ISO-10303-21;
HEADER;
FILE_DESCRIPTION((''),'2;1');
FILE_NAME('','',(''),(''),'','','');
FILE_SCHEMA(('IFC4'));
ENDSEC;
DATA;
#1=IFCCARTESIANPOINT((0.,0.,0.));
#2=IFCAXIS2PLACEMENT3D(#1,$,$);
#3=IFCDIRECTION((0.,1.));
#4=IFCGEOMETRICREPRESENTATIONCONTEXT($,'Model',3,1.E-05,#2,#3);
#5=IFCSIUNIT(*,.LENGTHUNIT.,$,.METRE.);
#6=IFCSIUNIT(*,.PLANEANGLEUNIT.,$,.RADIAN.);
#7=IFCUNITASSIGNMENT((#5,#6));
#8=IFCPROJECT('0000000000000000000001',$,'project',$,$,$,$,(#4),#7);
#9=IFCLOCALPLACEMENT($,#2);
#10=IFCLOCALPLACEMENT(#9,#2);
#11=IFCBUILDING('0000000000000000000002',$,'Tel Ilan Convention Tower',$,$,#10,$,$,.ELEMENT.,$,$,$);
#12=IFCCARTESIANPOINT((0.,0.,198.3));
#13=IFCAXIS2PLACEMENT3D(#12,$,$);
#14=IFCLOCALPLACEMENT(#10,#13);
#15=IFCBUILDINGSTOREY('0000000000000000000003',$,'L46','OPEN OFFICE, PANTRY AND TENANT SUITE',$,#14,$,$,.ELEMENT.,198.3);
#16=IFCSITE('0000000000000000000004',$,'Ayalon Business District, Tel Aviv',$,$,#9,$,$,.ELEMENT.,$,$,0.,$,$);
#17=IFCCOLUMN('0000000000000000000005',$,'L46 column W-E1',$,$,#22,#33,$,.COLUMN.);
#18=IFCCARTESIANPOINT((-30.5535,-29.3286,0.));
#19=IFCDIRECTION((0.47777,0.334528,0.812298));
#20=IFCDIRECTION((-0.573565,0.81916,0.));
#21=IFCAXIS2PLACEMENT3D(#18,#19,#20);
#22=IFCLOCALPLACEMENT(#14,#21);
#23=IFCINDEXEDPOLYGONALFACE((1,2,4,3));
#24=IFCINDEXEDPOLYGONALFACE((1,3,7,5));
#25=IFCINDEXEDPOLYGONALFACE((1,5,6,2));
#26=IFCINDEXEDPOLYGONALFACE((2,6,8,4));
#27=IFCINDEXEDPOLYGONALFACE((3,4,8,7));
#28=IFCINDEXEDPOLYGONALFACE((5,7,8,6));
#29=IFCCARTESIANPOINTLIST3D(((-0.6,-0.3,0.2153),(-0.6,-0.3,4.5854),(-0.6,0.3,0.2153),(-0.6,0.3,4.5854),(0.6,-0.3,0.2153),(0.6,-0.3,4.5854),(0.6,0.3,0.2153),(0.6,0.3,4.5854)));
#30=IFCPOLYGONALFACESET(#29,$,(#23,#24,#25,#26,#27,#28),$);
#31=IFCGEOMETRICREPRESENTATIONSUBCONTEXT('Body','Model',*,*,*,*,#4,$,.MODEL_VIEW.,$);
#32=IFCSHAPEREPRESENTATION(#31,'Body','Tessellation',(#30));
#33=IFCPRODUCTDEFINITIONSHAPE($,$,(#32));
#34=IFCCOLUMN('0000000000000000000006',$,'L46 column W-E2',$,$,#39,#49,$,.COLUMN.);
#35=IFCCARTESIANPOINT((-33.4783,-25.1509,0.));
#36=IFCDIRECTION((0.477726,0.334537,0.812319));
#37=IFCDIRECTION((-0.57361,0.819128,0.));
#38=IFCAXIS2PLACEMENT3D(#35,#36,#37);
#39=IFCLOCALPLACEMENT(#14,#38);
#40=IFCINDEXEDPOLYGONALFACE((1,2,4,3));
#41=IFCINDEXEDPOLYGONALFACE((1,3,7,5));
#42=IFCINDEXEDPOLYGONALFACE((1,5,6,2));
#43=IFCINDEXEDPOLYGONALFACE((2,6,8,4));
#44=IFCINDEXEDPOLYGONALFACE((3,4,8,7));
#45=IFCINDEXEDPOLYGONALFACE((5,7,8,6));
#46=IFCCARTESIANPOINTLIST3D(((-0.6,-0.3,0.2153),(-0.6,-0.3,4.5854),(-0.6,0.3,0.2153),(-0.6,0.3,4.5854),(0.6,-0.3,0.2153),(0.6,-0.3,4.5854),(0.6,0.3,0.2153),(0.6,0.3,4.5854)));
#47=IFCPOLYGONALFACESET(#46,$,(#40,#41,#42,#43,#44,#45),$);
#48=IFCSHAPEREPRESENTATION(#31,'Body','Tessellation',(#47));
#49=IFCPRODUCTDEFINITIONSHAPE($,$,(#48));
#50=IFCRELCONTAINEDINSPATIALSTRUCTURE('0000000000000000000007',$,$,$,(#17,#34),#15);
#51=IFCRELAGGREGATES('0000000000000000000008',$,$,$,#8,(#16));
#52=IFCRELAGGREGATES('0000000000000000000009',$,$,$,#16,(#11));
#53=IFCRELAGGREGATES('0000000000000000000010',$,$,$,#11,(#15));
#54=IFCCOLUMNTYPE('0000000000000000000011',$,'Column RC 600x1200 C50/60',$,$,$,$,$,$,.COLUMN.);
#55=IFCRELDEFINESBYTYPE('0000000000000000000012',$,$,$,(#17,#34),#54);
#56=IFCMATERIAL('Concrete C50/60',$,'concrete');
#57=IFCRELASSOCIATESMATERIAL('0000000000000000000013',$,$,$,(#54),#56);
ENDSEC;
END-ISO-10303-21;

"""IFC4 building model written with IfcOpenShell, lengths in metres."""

from ifc_helpers import new_model, si_unit, direction, frame, origin, origin_2d, place, context, subcontext, project, spatial, rectangle, extrude, clip, halfspace, material, material_profile, profile_set, type_object, element, save


model = new_model("IFC4")

# Units and contexts
model_context = context("Model", 3, precision=1e-05, world=origin(), true_north=direction((0.0, 1.0)))
body_context = subcontext(model_context, "Body", "Model", "MODEL_VIEW")
ifc_project = project(units=[si_unit("LENGTHUNIT", "METRE"), si_unit("PLANEANGLEUNIT", "RADIAN")], contexts=[model_context])

# Site, building, storey
site_placement = place(None, origin())
site = spatial("IfcSite", under=ifc_project, at=site_placement, Name="Ayalon Business District, Tel Aviv", CompositionType="ELEMENT", RefElevation=0.0)
building_placement = place(site_placement, origin())
building = spatial("IfcBuilding", under=site, at=building_placement, Name="Tel Ilan Convention Tower", CompositionType="ELEMENT")
storey_placement = place(building_placement, frame((0.0, 0.0, 198.3)))
storey = spatial("IfcBuildingStorey", under=building, at=storey_placement, Name="L46", Description="OPEN OFFICE, PANTRY AND TENANT SUITE", CompositionType="ELEMENT", Elevation=198.3)

# Columns
ifc_material_1 = material(Name="Concrete C50/60", Category="concrete")
ifc_material_profile_1 = material_profile(ifc_material_1, rectangle(XDim=1.2, YDim=0.6001, at=origin_2d()), Name="RC 600x1200")
ifc_profile_set_1 = profile_set([ifc_material_profile_1], Name="Concrete C50/60")
column_type = type_object("IfcColumnType", Name="Column RC 600x1200 C50/60", PredefinedType="COLUMN", material=ifc_profile_set_1)
for number, where, z_axis, x_axis, name in (
    (1, (-30.5535, -29.3286, 0.0), (0.47777, 0.334528, 0.812298), (-0.573565, 0.81916, 0.0), "L46 column W-E1"),
    (2, (-33.4783, -25.1509, 0.0), (0.477726, 0.334537, 0.812319), (-0.57361, 0.819128, 0.0), "L46 column W-E2"),
):
    element("IfcColumn", number, at=place(storey_placement, frame(where, z_axis=z_axis, x_axis=x_axis)), inside=storey, type_object=column_type, Name=name, PredefinedType="COLUMN", context=body_context, shape_type="Clipping", body=[
        clip(clip(extrude(rectangle(XDim=1.2, YDim=0.6001, at=origin_2d()), origin(), (0.0, 0.0, 1.0), 4.8008), halfspace(frame((0.0, 0.0, 0.2153), z_axis=(0.0, 0.0, 1.0), x_axis=(1.0, 0.0, 0.0)), True)), halfspace(frame((0.0, 0.0, 4.5854), z_axis=(0.0, 0.0, 1.0), x_axis=(1.0, 0.0, 0.0)), False)),
    ])

save(model, "model.ifc")
